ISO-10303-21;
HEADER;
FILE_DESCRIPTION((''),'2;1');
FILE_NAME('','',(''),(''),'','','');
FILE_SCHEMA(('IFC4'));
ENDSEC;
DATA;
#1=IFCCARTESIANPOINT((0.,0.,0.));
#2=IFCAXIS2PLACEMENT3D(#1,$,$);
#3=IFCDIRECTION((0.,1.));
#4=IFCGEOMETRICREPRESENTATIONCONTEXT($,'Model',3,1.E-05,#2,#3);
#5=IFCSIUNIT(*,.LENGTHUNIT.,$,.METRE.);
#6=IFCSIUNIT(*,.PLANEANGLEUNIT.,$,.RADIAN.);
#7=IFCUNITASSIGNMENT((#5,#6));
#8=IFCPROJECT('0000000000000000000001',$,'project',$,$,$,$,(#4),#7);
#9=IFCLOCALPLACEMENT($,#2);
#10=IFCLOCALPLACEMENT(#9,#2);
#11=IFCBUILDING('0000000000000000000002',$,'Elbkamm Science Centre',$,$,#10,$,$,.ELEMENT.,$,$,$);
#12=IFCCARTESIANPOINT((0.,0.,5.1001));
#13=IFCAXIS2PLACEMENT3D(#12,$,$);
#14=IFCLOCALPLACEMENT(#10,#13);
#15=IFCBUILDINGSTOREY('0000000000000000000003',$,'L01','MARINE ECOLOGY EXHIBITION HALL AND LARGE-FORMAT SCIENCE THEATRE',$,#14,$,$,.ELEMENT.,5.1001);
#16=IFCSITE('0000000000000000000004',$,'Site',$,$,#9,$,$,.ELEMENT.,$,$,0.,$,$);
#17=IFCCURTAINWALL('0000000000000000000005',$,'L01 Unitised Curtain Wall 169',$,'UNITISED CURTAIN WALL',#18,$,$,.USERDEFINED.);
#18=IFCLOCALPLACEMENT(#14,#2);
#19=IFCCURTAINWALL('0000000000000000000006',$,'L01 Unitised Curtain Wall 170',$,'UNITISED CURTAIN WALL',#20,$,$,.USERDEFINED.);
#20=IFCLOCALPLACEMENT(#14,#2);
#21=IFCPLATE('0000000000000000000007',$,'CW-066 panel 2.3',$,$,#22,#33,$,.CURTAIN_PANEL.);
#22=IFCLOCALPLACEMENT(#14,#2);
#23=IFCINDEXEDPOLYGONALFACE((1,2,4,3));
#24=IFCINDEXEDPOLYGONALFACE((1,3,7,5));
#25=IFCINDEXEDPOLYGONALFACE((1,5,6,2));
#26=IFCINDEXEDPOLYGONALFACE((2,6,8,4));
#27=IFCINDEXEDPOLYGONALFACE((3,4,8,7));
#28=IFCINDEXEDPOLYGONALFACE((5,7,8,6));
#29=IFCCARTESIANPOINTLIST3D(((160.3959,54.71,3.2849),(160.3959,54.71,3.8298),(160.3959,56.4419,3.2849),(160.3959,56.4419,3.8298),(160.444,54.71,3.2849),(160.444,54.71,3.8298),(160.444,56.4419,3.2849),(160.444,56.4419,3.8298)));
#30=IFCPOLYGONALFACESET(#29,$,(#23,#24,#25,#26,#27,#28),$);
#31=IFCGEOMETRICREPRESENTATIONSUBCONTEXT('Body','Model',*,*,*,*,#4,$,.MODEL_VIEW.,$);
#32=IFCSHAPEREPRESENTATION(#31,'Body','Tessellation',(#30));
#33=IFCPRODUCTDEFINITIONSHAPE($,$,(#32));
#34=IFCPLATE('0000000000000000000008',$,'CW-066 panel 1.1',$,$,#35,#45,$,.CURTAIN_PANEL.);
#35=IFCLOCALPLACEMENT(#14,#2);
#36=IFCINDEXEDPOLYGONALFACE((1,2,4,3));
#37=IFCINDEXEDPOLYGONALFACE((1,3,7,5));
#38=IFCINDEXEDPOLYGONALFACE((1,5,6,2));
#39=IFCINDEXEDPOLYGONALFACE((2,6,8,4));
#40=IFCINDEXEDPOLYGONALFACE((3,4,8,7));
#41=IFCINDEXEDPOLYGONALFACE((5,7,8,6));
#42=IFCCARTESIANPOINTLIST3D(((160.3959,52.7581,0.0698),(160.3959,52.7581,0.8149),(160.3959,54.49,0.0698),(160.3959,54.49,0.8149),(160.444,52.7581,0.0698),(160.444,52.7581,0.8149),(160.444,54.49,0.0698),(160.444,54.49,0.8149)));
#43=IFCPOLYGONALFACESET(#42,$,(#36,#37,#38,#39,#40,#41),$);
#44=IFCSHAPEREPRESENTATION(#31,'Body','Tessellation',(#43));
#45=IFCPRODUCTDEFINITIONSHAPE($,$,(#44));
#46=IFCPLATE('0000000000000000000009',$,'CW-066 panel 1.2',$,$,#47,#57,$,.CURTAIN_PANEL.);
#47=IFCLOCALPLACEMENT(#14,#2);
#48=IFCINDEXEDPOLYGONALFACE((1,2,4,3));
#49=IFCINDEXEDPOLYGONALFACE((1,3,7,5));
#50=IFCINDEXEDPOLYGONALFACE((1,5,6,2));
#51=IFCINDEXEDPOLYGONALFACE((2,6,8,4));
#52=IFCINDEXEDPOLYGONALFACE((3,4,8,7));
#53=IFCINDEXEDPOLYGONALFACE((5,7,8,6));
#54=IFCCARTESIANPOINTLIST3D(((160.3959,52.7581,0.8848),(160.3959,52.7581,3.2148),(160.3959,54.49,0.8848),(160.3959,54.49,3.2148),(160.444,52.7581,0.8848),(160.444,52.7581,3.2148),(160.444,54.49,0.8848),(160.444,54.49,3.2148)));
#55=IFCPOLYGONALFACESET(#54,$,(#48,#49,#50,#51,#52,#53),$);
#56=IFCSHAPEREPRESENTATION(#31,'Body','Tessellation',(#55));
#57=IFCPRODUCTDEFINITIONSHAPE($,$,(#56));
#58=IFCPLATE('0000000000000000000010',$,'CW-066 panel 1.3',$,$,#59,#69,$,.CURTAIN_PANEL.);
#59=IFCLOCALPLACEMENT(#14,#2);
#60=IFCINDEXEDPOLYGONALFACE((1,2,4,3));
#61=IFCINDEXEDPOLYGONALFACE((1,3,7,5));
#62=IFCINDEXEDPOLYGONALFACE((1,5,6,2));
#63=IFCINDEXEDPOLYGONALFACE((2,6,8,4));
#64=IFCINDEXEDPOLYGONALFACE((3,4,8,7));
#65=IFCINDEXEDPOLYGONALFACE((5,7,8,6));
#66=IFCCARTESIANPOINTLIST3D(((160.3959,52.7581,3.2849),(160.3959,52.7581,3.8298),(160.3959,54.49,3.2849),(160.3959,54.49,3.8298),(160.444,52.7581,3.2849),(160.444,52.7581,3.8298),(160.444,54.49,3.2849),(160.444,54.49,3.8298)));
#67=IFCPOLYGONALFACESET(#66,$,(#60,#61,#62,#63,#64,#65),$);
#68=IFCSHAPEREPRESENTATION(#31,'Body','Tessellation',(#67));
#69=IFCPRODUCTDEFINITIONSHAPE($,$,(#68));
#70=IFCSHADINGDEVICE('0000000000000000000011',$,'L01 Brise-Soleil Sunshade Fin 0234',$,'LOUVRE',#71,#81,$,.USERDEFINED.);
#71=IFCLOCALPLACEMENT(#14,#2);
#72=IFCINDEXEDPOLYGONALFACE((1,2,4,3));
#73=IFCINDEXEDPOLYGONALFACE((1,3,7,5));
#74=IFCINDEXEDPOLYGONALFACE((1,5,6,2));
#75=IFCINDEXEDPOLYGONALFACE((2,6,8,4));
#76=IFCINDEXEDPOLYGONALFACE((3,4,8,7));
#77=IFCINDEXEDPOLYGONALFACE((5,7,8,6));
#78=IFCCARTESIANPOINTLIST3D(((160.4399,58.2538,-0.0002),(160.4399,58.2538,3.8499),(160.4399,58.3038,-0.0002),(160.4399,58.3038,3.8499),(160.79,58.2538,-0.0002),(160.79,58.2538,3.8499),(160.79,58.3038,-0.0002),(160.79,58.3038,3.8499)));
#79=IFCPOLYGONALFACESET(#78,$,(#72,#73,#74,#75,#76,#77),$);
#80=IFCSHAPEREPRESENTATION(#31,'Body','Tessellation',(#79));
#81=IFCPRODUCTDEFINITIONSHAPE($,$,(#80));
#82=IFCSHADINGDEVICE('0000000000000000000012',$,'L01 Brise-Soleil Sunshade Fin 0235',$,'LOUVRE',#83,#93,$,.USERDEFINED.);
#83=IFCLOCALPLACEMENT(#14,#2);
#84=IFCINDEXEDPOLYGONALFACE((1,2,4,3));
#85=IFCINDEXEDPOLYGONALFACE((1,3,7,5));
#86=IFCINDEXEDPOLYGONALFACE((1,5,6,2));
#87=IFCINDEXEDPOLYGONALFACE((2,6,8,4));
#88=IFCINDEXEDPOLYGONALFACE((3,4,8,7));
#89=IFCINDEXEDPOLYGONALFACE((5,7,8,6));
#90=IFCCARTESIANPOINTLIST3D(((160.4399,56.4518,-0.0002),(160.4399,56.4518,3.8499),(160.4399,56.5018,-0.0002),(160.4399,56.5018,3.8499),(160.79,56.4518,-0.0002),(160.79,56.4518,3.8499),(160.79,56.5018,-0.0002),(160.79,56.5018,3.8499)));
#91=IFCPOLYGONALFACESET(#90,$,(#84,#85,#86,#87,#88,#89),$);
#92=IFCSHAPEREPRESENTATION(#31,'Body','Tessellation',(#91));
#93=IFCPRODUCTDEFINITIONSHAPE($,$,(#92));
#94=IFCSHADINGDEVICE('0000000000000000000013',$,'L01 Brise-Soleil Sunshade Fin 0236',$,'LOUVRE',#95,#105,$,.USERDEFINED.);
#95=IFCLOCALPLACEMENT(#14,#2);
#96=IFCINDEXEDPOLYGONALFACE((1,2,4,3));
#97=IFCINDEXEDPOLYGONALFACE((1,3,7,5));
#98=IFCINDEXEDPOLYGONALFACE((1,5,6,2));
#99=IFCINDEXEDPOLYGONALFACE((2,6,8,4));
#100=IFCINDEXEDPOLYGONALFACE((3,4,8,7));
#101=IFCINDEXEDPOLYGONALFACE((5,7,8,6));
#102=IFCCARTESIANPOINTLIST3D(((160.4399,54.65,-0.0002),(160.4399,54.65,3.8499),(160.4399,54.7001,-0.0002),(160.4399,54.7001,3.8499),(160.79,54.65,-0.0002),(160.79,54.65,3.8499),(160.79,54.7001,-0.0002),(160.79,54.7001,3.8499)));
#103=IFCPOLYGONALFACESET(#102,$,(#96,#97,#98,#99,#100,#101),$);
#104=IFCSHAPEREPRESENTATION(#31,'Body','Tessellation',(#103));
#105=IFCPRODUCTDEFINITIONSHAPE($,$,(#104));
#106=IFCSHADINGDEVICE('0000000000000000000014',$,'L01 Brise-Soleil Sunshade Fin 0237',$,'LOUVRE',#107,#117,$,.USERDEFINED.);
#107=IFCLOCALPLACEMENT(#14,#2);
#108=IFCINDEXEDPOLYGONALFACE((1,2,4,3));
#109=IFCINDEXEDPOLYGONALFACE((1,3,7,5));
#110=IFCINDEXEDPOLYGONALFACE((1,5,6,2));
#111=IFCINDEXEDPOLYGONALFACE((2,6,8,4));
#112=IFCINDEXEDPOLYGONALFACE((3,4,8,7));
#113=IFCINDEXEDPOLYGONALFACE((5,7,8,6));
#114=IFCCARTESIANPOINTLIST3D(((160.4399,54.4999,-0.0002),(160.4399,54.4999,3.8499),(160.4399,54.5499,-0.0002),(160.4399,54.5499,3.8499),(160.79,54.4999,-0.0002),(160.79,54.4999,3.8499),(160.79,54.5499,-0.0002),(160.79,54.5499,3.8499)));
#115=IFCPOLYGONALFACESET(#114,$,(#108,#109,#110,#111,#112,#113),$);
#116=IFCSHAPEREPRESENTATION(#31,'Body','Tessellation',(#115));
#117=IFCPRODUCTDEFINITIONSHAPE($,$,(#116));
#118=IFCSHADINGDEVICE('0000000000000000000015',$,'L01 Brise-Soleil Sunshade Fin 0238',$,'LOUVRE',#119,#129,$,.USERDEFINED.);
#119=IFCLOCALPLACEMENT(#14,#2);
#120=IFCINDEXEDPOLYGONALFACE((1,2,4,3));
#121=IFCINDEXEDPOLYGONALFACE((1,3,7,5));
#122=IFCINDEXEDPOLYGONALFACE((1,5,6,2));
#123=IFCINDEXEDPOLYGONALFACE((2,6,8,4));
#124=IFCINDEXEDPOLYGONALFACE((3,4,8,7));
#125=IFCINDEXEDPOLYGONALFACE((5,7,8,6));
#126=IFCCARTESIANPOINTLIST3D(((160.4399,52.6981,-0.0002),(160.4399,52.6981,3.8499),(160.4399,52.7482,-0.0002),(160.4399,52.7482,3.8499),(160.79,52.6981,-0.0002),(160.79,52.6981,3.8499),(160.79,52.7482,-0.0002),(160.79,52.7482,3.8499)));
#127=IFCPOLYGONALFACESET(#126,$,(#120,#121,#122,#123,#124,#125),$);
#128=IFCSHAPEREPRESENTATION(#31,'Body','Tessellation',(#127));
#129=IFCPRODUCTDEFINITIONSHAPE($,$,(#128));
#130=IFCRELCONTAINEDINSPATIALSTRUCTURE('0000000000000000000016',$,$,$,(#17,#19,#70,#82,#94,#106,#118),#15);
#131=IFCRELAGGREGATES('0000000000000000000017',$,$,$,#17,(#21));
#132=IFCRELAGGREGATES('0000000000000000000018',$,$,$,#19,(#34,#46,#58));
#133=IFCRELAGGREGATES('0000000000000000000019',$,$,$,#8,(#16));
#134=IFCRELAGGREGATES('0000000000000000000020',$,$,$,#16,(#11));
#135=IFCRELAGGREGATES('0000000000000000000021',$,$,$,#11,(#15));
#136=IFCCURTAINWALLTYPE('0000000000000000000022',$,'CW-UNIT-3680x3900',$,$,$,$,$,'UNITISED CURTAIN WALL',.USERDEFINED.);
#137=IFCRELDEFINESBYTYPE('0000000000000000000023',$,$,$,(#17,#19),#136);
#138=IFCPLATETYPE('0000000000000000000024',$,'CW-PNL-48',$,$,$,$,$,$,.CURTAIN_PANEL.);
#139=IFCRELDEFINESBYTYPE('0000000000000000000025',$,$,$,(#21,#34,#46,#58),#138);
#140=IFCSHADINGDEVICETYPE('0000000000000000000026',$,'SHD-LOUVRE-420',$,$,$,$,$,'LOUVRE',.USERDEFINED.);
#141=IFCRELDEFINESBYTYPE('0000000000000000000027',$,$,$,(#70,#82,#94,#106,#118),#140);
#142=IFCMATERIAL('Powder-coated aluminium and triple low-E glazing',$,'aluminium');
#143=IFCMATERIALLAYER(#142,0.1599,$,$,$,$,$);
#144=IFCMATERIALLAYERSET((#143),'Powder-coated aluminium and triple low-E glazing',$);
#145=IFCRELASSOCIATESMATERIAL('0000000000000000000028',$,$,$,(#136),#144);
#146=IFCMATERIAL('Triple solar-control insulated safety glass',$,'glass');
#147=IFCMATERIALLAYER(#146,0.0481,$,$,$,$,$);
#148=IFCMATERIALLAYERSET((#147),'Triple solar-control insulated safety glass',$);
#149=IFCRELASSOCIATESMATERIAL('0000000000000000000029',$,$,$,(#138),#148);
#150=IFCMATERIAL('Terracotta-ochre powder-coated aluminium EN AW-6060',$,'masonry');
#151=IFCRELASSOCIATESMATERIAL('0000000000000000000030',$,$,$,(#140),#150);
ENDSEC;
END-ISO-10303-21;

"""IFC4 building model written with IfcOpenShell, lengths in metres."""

from ifc_helpers import new_model, si_unit, direction, frame, origin, origin_2d, place, context, subcontext, project, spatial, rectangle, extrude, material, layer, layer_set, type_object, element, aggregate, save


model = new_model("IFC4")

# Units and contexts
model_context = context("Model", 3, precision=1e-05, world=origin(), true_north=direction((0.0, 1.0)))
body_context = subcontext(model_context, "Body", "Model", "MODEL_VIEW")
ifc_project = project(units=[si_unit("LENGTHUNIT", "METRE"), si_unit("PLANEANGLEUNIT", "RADIAN")], contexts=[model_context])

# Site, building, storey
site_placement = place(None, origin())
site = spatial("IfcSite", under=ifc_project, at=site_placement, Name="Site", CompositionType="ELEMENT", RefElevation=0.0)
building_placement = place(site_placement, origin())
building = spatial("IfcBuilding", under=site, at=building_placement, Name="Elbkamm Science Centre", CompositionType="ELEMENT")
storey_placement = place(building_placement, frame((0.0, 0.0, 5.1001)))
storey = spatial("IfcBuildingStorey", under=building, at=storey_placement, Name="L01", Description="MARINE ECOLOGY EXHIBITION HALL AND LARGE-FORMAT SCIENCE THEATRE", CompositionType="ELEMENT", Elevation=5.1001)

# Curtain walls
ifc_material_1 = material(Name="Powder-coated aluminium and triple low-E glazing", Category="aluminium")
ifc_layer_1 = layer(ifc_material_1, 0.1599)
ifc_layer_set_1 = layer_set([ifc_layer_1], Name="Powder-coated aluminium and triple low-E glazing")
curtain_wall_type = type_object("IfcCurtainWallType", Name="CW-UNIT-3680x3900", ElementType="UNITISED CURTAIN WALL", PredefinedType="USERDEFINED", material=ifc_layer_set_1)
curtain_wall_1_placement = place(storey_placement, origin())
curtain_wall_1 = element("IfcCurtainWall", 1, at=curtain_wall_1_placement, inside=storey, type_object=curtain_wall_type, Name="L01 Unitised Curtain Wall 169", ObjectType="UNITISED CURTAIN WALL", PredefinedType="USERDEFINED")
curtain_wall_2_placement = place(storey_placement, origin())
curtain_wall_2 = element("IfcCurtainWall", 2, at=curtain_wall_2_placement, inside=storey, type_object=curtain_wall_type, Name="L01 Unitised Curtain Wall 170", ObjectType="UNITISED CURTAIN WALL", PredefinedType="USERDEFINED")

# Plates
ifc_material_2 = material(Name="Triple solar-control insulated safety glass", Category="glass")
ifc_layer_2 = layer(ifc_material_2, 0.0481)
ifc_layer_set_2 = layer_set([ifc_layer_2], Name="Triple solar-control insulated safety glass")
plate_type = type_object("IfcPlateType", Name="CW-PNL-48", PredefinedType="CURTAIN_PANEL", material=ifc_layer_set_2)
plate_1_placement = place(storey_placement, frame((160.4199, 55.5759, 3.2849), z_axis=(0.0, 0.0, 1.0), x_axis=(0.0, -1.0, 0.0)))
plate_1 = element("IfcPlate", 3, at=plate_1_placement, type_object=plate_type, Name="CW-066 panel 2.3", PredefinedType="CURTAIN_PANEL", context=body_context, shape_type="SweptSolid", body=[
    extrude(rectangle(XDim=1.7319, YDim=0.0481, at=origin_2d()), origin(), (0.0, 0.0, 1.0), 0.5449),
])
aggregate(curtain_wall_1, [plate_1])
plate_2_placement = place(storey_placement, frame((160.4199, 53.624, 0.0698), z_axis=(0.0, 0.0, 1.0), x_axis=(0.0, -1.0, 0.0)))
plate_2 = element("IfcPlate", 4, at=plate_2_placement, type_object=plate_type, Name="CW-066 panel 1.1", PredefinedType="CURTAIN_PANEL", context=body_context, shape_type="SweptSolid", body=[
    extrude(rectangle(XDim=1.7319, YDim=0.0481, at=origin_2d()), origin(), (0.0, 0.0, 1.0), 0.7451),
])
plate_3_placement = place(storey_placement, frame((160.4199, 53.624, 0.8848), z_axis=(0.0, 0.0, 1.0), x_axis=(0.0, -1.0, 0.0)))
plate_3 = element("IfcPlate", 5, at=plate_3_placement, type_object=plate_type, Name="CW-066 panel 1.2", PredefinedType="CURTAIN_PANEL", context=body_context, shape_type="SweptSolid", body=[
    extrude(rectangle(XDim=1.7319, YDim=0.0481, at=origin_2d()), origin(), (0.0, 0.0, 1.0), 2.3301),
])
plate_4_placement = place(storey_placement, frame((160.4199, 53.624, 3.2849), z_axis=(0.0, 0.0, 1.0), x_axis=(0.0, -1.0, 0.0)))
plate_4 = element("IfcPlate", 6, at=plate_4_placement, type_object=plate_type, Name="CW-066 panel 1.3", PredefinedType="CURTAIN_PANEL", context=body_context, shape_type="SweptSolid", body=[
    extrude(rectangle(XDim=1.7319, YDim=0.0481, at=origin_2d()), origin(), (0.0, 0.0, 1.0), 0.5449),
])
aggregate(curtain_wall_2, [plate_2, plate_3, plate_4])

# Shading devices
ifc_material_3 = material(Name="Terracotta-ochre powder-coated aluminium EN AW-6060", Category="masonry")
shading_device_type = type_object("IfcShadingDeviceType", Name="SHD-LOUVRE-420", ElementType="LOUVRE", PredefinedType="USERDEFINED", material=ifc_material_3)
for number, where, z_axis, x_axis, name in (
    (7, (160.615, 58.2788, -0.0002), (0.0, 0.0, 1.0), (1.0, 0.0, 0.0), "L01 Brise-Soleil Sunshade Fin 0234"),
    (8, (160.615, 56.4768, -0.0002), (0.0, 0.0, 1.0), (1.0, 0.0, 0.0), "L01 Brise-Soleil Sunshade Fin 0235"),
    (9, (160.615, 54.675, -0.0002), (0.0, 0.0, 1.0), (1.0, 0.0, 0.0), "L01 Brise-Soleil Sunshade Fin 0236"),
    (10, (160.615, 54.5249, -0.0002), (0.0, 0.0, 1.0), (1.0, 0.0, 0.0), "L01 Brise-Soleil Sunshade Fin 0237"),
    (11, (160.615, 52.7231, -0.0002), (0.0, 0.0, 1.0), (1.0, 0.0, 0.0), "L01 Brise-Soleil Sunshade Fin 0238"),
):
    element("IfcShadingDevice", number, at=place(storey_placement, frame(where, z_axis=z_axis, x_axis=x_axis)), inside=storey, type_object=shading_device_type, Name=name, ObjectType="LOUVRE", PredefinedType="USERDEFINED", context=body_context, shape_type="SweptSolid", body=[
        extrude(rectangle(XDim=0.3501, YDim=0.05, at=origin_2d()), origin(), (0.0, 0.0, 1.0), 3.8501),
    ])

save(model, "model.ifc")
